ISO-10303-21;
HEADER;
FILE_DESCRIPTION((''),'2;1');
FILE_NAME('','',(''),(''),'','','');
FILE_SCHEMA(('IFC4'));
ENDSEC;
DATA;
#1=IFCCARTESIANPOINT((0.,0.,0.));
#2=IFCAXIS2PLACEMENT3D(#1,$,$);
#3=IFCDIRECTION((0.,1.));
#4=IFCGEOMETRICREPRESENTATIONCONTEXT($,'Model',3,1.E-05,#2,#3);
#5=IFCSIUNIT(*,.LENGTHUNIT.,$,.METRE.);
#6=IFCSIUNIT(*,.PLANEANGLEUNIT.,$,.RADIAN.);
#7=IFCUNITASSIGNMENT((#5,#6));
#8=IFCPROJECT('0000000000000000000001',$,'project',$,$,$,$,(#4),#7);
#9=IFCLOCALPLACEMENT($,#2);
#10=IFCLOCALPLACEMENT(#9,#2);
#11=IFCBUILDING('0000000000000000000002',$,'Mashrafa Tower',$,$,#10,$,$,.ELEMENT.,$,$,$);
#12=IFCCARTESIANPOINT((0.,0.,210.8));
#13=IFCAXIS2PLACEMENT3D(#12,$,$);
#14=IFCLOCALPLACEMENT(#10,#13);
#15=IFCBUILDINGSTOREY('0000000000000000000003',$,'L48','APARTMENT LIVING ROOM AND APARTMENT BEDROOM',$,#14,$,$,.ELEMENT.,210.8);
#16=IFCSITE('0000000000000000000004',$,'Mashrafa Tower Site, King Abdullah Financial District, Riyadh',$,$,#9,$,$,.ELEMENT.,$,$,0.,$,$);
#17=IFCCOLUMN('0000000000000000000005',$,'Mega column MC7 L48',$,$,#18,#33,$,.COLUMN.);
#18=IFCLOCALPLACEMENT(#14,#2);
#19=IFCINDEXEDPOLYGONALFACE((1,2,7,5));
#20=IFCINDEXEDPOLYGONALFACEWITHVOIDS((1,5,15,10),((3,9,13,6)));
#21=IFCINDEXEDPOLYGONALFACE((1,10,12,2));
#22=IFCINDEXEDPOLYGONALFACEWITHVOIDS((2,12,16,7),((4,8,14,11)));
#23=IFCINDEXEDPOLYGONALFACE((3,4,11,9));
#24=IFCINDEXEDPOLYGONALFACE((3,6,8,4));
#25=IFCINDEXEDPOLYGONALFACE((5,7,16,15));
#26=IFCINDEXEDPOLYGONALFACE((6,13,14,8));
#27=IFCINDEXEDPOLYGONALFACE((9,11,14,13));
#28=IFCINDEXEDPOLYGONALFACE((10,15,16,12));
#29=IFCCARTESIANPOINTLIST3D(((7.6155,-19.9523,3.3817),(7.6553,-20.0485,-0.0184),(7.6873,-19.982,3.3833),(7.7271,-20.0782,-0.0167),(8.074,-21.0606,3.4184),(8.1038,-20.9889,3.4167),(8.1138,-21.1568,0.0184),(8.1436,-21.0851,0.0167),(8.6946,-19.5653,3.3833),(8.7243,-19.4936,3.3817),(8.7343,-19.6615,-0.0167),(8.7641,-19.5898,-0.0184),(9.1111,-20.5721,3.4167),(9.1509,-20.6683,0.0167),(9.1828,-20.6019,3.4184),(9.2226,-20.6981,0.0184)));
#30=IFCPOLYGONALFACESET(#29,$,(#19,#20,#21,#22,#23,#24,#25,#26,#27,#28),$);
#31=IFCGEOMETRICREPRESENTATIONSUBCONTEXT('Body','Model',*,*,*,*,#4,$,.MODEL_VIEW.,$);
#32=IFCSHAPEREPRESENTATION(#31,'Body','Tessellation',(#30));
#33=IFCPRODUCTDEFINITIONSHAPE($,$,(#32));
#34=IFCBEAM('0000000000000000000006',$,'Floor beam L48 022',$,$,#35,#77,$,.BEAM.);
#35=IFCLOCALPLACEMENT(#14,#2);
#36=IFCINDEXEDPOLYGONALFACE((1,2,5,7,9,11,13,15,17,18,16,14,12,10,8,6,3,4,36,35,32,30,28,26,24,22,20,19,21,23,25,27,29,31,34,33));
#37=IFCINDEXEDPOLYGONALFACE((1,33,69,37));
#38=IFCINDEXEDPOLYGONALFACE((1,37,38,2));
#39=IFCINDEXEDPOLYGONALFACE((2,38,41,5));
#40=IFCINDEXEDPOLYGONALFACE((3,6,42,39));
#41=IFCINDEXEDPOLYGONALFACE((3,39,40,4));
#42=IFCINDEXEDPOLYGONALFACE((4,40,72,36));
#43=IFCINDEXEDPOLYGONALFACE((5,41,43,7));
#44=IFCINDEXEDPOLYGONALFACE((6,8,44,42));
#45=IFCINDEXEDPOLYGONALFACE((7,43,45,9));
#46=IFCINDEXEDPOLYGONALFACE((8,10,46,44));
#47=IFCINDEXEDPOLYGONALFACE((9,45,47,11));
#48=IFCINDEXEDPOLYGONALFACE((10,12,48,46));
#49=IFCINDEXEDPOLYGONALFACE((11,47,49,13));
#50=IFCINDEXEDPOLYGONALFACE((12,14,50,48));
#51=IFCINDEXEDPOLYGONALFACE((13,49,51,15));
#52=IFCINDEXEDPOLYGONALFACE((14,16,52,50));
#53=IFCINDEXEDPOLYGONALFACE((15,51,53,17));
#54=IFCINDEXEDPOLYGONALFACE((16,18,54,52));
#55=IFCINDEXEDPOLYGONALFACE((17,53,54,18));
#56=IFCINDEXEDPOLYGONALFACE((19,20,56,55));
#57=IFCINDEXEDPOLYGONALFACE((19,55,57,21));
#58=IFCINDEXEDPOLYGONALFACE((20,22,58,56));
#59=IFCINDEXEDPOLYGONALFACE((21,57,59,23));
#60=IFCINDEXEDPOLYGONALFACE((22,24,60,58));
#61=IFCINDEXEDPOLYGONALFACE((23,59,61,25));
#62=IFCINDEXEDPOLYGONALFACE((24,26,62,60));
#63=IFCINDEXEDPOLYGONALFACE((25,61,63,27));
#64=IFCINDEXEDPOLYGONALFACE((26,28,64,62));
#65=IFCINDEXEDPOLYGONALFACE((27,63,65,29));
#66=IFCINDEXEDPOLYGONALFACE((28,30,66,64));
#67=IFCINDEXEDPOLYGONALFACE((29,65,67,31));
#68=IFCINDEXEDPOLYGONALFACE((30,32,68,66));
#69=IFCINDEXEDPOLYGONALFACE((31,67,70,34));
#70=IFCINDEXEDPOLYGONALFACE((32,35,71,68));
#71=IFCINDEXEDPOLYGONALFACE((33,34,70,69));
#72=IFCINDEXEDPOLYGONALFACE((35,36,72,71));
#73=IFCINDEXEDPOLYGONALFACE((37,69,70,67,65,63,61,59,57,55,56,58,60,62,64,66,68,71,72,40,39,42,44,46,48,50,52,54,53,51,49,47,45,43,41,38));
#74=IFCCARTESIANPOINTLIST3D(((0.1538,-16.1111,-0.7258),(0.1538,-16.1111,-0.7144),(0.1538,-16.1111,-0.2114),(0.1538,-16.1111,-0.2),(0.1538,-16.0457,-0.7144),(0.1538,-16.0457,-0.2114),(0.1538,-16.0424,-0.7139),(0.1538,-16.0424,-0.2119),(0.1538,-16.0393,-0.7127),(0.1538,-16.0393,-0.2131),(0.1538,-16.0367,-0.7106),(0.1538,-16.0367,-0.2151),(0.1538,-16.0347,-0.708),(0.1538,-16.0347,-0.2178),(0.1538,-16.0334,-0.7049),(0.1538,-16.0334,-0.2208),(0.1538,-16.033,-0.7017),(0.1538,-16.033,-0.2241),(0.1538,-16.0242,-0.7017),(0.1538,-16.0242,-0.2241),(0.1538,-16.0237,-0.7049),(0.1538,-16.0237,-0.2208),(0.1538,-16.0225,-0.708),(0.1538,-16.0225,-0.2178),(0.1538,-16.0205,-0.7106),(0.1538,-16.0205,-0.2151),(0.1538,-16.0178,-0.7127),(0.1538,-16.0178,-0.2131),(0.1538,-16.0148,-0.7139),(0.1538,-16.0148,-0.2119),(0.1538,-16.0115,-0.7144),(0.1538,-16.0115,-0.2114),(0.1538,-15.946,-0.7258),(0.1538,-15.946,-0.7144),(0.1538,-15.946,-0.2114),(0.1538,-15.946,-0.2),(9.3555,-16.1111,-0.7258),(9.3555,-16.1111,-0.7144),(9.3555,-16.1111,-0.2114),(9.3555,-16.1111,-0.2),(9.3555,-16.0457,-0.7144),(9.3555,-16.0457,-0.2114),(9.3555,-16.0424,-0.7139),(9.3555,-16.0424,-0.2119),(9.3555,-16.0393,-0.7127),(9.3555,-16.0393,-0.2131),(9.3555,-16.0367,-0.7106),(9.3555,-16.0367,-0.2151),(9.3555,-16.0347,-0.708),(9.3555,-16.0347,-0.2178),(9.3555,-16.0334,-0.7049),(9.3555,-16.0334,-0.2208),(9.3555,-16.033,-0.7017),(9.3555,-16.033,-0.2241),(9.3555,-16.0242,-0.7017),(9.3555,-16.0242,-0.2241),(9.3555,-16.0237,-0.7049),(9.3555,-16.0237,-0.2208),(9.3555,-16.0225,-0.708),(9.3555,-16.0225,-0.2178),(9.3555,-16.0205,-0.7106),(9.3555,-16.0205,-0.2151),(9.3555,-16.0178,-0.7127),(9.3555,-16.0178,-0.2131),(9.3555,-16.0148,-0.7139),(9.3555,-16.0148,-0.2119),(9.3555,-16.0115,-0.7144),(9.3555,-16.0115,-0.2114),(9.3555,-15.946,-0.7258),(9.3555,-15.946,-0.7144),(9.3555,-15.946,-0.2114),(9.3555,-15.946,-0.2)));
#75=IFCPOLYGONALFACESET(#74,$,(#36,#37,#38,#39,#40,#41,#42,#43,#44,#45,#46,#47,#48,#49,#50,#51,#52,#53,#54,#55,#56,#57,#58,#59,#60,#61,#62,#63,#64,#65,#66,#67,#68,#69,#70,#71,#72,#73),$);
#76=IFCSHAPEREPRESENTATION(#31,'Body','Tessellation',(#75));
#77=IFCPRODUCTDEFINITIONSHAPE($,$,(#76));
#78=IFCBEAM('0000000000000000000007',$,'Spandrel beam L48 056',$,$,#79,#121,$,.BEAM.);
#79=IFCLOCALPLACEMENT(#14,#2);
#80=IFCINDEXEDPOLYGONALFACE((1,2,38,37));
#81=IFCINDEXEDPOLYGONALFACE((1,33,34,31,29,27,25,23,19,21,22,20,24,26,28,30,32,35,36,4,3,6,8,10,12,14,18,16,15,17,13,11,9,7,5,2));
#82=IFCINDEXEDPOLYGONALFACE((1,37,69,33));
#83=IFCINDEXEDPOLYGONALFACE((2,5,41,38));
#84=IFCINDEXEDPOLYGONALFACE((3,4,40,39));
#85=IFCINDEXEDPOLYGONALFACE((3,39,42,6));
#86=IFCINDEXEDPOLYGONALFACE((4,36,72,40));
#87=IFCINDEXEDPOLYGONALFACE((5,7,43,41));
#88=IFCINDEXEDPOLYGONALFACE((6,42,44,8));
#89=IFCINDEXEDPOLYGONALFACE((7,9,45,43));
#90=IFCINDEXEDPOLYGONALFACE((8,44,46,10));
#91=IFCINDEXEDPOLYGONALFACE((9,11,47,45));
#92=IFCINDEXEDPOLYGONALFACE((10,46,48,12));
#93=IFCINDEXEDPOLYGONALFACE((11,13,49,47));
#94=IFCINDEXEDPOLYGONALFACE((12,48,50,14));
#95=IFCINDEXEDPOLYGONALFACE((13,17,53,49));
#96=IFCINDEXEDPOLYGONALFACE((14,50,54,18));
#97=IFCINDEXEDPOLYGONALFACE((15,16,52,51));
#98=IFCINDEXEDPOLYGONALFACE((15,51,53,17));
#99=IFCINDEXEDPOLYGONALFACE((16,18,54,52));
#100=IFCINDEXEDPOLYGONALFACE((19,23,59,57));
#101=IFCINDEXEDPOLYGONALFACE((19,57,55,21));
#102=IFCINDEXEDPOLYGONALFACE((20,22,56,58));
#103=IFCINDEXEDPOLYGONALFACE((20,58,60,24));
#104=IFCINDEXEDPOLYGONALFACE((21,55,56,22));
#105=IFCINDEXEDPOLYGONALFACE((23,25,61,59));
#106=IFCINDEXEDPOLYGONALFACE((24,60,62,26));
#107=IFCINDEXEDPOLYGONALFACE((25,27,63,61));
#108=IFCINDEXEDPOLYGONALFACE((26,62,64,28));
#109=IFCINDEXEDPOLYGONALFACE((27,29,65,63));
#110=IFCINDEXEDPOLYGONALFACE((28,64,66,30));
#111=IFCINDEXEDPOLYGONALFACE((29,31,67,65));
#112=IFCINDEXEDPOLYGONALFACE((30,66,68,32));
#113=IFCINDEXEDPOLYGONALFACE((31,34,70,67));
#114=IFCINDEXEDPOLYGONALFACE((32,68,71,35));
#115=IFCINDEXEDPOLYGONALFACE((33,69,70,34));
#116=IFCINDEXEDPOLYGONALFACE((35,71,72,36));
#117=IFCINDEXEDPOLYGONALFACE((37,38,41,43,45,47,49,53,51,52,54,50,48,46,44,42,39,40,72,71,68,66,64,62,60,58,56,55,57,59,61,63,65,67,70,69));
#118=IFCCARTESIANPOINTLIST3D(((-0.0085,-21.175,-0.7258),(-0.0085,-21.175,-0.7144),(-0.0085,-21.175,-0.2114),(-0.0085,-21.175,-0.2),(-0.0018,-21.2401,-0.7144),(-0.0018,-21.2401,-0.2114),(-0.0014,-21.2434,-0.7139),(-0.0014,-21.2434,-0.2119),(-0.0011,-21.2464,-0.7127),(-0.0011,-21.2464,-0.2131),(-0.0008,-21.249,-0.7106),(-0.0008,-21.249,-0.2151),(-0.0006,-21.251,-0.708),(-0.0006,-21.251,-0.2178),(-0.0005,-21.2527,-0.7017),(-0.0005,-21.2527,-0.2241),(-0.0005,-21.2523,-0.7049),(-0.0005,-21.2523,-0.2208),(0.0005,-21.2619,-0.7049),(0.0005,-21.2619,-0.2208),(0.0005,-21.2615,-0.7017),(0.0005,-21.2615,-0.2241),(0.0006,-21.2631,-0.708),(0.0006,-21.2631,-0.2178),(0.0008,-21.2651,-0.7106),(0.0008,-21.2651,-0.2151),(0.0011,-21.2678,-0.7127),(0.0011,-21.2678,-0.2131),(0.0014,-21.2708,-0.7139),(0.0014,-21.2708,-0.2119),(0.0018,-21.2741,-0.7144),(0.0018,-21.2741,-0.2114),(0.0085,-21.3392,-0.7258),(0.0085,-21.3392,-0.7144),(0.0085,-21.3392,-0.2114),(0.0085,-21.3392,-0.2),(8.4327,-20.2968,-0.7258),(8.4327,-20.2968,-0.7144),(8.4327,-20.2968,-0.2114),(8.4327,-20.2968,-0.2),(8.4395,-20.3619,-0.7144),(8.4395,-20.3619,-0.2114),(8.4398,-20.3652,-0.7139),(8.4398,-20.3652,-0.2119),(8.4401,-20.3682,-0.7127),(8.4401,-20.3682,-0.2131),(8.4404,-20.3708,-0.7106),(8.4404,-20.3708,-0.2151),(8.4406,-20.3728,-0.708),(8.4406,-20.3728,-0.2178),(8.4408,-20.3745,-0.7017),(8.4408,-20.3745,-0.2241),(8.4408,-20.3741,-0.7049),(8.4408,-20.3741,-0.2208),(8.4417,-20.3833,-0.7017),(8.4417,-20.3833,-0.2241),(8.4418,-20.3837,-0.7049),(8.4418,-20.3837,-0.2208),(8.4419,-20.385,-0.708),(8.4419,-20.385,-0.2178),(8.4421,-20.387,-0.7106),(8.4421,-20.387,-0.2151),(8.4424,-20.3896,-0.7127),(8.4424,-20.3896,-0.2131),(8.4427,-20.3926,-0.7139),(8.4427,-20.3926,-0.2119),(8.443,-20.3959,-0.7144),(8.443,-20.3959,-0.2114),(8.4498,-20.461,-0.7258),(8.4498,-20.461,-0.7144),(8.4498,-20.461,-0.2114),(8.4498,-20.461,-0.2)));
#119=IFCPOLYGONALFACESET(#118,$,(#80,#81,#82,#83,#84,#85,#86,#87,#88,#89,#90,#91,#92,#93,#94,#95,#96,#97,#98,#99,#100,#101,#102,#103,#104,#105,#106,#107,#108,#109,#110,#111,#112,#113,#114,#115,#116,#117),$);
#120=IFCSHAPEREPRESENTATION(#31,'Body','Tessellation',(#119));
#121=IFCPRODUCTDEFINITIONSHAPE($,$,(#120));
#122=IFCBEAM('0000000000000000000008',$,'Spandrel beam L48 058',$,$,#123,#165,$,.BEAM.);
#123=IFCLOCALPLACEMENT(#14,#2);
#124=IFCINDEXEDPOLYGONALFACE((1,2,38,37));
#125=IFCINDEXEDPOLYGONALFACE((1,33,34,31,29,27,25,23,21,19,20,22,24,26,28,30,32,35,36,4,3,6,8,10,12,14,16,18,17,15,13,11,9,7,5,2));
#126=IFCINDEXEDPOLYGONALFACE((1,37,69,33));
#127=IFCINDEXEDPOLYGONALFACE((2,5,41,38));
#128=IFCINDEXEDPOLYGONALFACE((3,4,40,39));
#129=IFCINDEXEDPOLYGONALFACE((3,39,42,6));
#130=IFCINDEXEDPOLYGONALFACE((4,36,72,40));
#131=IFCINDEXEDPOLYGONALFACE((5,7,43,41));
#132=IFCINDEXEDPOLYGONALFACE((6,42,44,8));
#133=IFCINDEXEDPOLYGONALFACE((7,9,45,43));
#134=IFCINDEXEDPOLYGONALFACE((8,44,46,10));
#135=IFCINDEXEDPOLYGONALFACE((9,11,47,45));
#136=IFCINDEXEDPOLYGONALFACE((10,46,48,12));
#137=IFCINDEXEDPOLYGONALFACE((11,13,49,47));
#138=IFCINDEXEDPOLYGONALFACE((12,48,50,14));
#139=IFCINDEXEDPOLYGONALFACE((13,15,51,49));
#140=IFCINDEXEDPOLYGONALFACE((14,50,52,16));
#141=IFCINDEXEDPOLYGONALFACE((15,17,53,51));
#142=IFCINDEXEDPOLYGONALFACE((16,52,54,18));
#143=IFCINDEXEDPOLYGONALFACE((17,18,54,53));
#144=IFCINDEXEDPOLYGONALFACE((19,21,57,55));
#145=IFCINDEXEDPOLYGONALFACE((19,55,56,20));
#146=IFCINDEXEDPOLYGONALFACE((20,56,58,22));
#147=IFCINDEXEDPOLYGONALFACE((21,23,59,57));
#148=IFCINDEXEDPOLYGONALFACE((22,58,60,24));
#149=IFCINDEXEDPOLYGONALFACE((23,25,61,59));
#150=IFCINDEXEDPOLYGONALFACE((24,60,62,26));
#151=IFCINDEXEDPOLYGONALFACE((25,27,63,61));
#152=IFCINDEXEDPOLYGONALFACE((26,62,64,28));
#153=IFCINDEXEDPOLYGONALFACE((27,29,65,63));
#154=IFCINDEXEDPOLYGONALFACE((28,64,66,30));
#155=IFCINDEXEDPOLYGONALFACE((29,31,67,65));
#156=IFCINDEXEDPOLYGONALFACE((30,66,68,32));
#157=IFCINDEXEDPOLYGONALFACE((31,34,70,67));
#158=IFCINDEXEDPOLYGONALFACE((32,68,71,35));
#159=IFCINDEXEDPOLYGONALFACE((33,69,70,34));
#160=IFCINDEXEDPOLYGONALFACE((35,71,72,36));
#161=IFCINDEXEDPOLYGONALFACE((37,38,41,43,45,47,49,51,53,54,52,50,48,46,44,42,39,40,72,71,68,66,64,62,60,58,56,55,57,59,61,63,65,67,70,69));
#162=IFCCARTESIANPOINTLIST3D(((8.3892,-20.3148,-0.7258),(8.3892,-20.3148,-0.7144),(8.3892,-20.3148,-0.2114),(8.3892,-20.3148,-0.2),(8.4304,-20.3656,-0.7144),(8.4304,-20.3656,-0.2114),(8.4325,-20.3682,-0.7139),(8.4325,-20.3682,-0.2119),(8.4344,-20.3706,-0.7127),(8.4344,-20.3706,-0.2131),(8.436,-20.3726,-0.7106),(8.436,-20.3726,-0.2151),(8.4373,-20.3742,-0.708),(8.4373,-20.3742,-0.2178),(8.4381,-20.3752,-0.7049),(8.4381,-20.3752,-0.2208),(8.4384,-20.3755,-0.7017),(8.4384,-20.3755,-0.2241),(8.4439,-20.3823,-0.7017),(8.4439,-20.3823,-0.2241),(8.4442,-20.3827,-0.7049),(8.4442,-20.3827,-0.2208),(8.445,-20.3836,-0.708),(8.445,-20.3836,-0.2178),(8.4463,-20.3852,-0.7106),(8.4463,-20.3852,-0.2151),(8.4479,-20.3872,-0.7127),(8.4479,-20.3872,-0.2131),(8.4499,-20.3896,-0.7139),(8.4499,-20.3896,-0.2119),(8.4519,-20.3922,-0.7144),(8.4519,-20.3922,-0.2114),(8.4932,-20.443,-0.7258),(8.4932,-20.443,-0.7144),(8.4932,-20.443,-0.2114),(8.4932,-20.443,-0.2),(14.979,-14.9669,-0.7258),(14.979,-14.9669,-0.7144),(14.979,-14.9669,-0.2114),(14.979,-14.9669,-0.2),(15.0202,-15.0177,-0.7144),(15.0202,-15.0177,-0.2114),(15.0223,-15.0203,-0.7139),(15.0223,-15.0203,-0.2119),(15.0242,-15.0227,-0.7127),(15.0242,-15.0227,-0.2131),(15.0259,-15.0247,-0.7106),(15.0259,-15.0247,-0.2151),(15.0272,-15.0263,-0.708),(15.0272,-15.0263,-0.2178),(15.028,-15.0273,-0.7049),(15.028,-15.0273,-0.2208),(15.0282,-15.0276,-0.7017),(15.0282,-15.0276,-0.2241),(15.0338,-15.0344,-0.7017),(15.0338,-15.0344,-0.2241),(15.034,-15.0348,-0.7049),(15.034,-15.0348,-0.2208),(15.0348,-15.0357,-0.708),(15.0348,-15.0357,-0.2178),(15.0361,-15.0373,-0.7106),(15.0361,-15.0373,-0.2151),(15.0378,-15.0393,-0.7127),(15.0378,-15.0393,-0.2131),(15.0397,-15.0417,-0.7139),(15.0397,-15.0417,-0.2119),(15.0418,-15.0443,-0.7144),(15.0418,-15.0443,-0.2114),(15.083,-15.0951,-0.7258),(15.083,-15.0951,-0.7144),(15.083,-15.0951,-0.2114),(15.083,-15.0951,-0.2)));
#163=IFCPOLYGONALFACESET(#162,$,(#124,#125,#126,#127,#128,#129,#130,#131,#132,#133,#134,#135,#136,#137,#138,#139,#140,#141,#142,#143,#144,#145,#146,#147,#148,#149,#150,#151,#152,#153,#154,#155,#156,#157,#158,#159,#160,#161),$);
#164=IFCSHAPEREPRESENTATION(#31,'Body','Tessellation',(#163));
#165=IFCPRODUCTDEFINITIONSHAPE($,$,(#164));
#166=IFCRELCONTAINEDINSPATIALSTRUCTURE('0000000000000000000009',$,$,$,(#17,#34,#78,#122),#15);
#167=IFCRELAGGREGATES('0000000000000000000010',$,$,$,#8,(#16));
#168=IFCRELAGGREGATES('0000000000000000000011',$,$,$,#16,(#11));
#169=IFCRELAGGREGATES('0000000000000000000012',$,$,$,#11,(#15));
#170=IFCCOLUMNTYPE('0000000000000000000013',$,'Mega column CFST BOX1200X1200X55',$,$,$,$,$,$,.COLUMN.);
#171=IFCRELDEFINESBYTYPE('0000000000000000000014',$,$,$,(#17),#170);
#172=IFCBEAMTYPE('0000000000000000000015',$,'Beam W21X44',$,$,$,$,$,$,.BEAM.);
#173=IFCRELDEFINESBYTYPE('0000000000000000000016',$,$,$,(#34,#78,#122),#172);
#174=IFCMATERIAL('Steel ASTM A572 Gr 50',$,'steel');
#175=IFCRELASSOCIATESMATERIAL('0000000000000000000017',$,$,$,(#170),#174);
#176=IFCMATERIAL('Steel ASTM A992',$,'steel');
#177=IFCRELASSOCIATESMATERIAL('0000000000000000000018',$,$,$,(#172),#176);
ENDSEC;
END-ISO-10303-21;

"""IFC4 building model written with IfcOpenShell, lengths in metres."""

from ifc_helpers import new_model, si_unit, direction, frame, origin, origin_2d, place, context, subcontext, project, spatial, hollow_rectangle, i_section, extrude, material, material_profile, profile_set, type_object, element, save


model = new_model("IFC4")

# Units and contexts
model_context = context("Model", 3, precision=1e-05, world=origin(), true_north=direction((0.0, 1.0)))
body_context = subcontext(model_context, "Body", "Model", "MODEL_VIEW")
ifc_project = project(units=[si_unit("LENGTHUNIT", "METRE"), si_unit("PLANEANGLEUNIT", "RADIAN")], contexts=[model_context])

# Site, building, storey
site_placement = place(None, origin())
site = spatial("IfcSite", under=ifc_project, at=site_placement, Name="Mashrafa Tower Site, King Abdullah Financial District, Riyadh", CompositionType="ELEMENT", RefElevation=0.0)
building_placement = place(site_placement, origin())
building = spatial("IfcBuilding", under=site, at=building_placement, Name="Mashrafa Tower", CompositionType="ELEMENT")
storey_placement = place(building_placement, frame((0.0, 0.0, 210.8)))
storey = spatial("IfcBuildingStorey", under=building, at=storey_placement, Name="L48", Description="APARTMENT LIVING ROOM AND APARTMENT BEDROOM", CompositionType="ELEMENT", Elevation=210.8)

# Column
ifc_material_1 = material(Name="Steel ASTM A572 Gr 50", Category="steel")
ifc_material_profile_1 = material_profile(ifc_material_1, hollow_rectangle(XDim=1.2, YDim=1.2, WallThickness=0.0549, at=origin_2d()), Name="BOX1200X1200X55")
ifc_profile_set_1 = profile_set([ifc_material_profile_1], Name="Steel ASTM A572 Gr 50")
column_type = type_object("IfcColumnType", Name="Mega column CFST BOX1200X1200X55", PredefinedType="COLUMN", material=ifc_profile_set_1)
column_placement = place(storey_placement, frame((8.439, -20.3733, 0.0), z_axis=(-0.011699, 0.028279, 0.999532), x_axis=(-0.924045, -0.382283, 0.0)))
element("IfcColumn", 1, at=column_placement, inside=storey, type_object=column_type, Name="Mega column MC7 L48", PredefinedType="COLUMN", context=body_context, shape_type="SweptSolid", body=[
    extrude(hollow_rectangle(XDim=1.2, YDim=1.2, WallThickness=0.0549, at=origin_2d()), origin(), (0.0, 0.0, 1.0), 3.4016),
])

# Beams
ifc_material_2 = material(Name="Steel ASTM A992", Category="steel")
ifc_material_profile_2 = material_profile(ifc_material_2, i_section(OverallWidth=0.165, OverallDepth=0.5259, WebThickness=0.0088, FlangeThickness=0.0115, FilletRadius=0.0127, at=origin_2d()), Name="W21X44")
ifc_profile_set_2 = profile_set([ifc_material_profile_2], Name="Steel ASTM A992")
beam_type_1 = type_object("IfcBeamType", Name="Beam W21X44", PredefinedType="BEAM", material=ifc_profile_set_2)
beam_1_placement = place(storey_placement, frame((9.3555, -16.0286, -0.4629), z_axis=(-1.0, 0.0, 0.0), x_axis=(0.0, -1.0, 0.0)))
element("IfcBeam", 2, at=beam_1_placement, inside=storey, type_object=beam_type_1, Name="Floor beam L48 022", PredefinedType="BEAM", context=body_context, shape_type="SweptSolid", body=[
    extrude(i_section(OverallWidth=0.165, OverallDepth=0.5259, WebThickness=0.0088, FlangeThickness=0.0115, FilletRadius=0.0127, at=origin_2d()), origin(), (0.0, 0.0, 1.0), 9.2017),
])
for number, where, z_axis, x_axis, name in (
    (3, (0.0, -21.2571, -0.4629), (0.994632, 0.103476, 0.0), (-0.103476, 0.994632, 0.0), "Spandrel beam L48 056"),
    (4, (8.4412, -20.3789, -0.4629), (0.77648, 0.630142, 0.0), (-0.630142, 0.77648, 0.0), "Spandrel beam L48 058"),
):
    element("IfcBeam", number, at=place(storey_placement, frame(where, z_axis=z_axis, x_axis=x_axis)), inside=storey, type_object=beam_type_1, Name=name, PredefinedType="BEAM", context=body_context, shape_type="SweptSolid", body=[
        extrude(i_section(OverallWidth=0.165, OverallDepth=0.5259, WebThickness=0.0088, FlangeThickness=0.0115, FilletRadius=0.0127, at=origin_2d()), origin(), (0.0, 0.0, 1.0), 8.4868),
    ])

save(model, "model.ifc")
